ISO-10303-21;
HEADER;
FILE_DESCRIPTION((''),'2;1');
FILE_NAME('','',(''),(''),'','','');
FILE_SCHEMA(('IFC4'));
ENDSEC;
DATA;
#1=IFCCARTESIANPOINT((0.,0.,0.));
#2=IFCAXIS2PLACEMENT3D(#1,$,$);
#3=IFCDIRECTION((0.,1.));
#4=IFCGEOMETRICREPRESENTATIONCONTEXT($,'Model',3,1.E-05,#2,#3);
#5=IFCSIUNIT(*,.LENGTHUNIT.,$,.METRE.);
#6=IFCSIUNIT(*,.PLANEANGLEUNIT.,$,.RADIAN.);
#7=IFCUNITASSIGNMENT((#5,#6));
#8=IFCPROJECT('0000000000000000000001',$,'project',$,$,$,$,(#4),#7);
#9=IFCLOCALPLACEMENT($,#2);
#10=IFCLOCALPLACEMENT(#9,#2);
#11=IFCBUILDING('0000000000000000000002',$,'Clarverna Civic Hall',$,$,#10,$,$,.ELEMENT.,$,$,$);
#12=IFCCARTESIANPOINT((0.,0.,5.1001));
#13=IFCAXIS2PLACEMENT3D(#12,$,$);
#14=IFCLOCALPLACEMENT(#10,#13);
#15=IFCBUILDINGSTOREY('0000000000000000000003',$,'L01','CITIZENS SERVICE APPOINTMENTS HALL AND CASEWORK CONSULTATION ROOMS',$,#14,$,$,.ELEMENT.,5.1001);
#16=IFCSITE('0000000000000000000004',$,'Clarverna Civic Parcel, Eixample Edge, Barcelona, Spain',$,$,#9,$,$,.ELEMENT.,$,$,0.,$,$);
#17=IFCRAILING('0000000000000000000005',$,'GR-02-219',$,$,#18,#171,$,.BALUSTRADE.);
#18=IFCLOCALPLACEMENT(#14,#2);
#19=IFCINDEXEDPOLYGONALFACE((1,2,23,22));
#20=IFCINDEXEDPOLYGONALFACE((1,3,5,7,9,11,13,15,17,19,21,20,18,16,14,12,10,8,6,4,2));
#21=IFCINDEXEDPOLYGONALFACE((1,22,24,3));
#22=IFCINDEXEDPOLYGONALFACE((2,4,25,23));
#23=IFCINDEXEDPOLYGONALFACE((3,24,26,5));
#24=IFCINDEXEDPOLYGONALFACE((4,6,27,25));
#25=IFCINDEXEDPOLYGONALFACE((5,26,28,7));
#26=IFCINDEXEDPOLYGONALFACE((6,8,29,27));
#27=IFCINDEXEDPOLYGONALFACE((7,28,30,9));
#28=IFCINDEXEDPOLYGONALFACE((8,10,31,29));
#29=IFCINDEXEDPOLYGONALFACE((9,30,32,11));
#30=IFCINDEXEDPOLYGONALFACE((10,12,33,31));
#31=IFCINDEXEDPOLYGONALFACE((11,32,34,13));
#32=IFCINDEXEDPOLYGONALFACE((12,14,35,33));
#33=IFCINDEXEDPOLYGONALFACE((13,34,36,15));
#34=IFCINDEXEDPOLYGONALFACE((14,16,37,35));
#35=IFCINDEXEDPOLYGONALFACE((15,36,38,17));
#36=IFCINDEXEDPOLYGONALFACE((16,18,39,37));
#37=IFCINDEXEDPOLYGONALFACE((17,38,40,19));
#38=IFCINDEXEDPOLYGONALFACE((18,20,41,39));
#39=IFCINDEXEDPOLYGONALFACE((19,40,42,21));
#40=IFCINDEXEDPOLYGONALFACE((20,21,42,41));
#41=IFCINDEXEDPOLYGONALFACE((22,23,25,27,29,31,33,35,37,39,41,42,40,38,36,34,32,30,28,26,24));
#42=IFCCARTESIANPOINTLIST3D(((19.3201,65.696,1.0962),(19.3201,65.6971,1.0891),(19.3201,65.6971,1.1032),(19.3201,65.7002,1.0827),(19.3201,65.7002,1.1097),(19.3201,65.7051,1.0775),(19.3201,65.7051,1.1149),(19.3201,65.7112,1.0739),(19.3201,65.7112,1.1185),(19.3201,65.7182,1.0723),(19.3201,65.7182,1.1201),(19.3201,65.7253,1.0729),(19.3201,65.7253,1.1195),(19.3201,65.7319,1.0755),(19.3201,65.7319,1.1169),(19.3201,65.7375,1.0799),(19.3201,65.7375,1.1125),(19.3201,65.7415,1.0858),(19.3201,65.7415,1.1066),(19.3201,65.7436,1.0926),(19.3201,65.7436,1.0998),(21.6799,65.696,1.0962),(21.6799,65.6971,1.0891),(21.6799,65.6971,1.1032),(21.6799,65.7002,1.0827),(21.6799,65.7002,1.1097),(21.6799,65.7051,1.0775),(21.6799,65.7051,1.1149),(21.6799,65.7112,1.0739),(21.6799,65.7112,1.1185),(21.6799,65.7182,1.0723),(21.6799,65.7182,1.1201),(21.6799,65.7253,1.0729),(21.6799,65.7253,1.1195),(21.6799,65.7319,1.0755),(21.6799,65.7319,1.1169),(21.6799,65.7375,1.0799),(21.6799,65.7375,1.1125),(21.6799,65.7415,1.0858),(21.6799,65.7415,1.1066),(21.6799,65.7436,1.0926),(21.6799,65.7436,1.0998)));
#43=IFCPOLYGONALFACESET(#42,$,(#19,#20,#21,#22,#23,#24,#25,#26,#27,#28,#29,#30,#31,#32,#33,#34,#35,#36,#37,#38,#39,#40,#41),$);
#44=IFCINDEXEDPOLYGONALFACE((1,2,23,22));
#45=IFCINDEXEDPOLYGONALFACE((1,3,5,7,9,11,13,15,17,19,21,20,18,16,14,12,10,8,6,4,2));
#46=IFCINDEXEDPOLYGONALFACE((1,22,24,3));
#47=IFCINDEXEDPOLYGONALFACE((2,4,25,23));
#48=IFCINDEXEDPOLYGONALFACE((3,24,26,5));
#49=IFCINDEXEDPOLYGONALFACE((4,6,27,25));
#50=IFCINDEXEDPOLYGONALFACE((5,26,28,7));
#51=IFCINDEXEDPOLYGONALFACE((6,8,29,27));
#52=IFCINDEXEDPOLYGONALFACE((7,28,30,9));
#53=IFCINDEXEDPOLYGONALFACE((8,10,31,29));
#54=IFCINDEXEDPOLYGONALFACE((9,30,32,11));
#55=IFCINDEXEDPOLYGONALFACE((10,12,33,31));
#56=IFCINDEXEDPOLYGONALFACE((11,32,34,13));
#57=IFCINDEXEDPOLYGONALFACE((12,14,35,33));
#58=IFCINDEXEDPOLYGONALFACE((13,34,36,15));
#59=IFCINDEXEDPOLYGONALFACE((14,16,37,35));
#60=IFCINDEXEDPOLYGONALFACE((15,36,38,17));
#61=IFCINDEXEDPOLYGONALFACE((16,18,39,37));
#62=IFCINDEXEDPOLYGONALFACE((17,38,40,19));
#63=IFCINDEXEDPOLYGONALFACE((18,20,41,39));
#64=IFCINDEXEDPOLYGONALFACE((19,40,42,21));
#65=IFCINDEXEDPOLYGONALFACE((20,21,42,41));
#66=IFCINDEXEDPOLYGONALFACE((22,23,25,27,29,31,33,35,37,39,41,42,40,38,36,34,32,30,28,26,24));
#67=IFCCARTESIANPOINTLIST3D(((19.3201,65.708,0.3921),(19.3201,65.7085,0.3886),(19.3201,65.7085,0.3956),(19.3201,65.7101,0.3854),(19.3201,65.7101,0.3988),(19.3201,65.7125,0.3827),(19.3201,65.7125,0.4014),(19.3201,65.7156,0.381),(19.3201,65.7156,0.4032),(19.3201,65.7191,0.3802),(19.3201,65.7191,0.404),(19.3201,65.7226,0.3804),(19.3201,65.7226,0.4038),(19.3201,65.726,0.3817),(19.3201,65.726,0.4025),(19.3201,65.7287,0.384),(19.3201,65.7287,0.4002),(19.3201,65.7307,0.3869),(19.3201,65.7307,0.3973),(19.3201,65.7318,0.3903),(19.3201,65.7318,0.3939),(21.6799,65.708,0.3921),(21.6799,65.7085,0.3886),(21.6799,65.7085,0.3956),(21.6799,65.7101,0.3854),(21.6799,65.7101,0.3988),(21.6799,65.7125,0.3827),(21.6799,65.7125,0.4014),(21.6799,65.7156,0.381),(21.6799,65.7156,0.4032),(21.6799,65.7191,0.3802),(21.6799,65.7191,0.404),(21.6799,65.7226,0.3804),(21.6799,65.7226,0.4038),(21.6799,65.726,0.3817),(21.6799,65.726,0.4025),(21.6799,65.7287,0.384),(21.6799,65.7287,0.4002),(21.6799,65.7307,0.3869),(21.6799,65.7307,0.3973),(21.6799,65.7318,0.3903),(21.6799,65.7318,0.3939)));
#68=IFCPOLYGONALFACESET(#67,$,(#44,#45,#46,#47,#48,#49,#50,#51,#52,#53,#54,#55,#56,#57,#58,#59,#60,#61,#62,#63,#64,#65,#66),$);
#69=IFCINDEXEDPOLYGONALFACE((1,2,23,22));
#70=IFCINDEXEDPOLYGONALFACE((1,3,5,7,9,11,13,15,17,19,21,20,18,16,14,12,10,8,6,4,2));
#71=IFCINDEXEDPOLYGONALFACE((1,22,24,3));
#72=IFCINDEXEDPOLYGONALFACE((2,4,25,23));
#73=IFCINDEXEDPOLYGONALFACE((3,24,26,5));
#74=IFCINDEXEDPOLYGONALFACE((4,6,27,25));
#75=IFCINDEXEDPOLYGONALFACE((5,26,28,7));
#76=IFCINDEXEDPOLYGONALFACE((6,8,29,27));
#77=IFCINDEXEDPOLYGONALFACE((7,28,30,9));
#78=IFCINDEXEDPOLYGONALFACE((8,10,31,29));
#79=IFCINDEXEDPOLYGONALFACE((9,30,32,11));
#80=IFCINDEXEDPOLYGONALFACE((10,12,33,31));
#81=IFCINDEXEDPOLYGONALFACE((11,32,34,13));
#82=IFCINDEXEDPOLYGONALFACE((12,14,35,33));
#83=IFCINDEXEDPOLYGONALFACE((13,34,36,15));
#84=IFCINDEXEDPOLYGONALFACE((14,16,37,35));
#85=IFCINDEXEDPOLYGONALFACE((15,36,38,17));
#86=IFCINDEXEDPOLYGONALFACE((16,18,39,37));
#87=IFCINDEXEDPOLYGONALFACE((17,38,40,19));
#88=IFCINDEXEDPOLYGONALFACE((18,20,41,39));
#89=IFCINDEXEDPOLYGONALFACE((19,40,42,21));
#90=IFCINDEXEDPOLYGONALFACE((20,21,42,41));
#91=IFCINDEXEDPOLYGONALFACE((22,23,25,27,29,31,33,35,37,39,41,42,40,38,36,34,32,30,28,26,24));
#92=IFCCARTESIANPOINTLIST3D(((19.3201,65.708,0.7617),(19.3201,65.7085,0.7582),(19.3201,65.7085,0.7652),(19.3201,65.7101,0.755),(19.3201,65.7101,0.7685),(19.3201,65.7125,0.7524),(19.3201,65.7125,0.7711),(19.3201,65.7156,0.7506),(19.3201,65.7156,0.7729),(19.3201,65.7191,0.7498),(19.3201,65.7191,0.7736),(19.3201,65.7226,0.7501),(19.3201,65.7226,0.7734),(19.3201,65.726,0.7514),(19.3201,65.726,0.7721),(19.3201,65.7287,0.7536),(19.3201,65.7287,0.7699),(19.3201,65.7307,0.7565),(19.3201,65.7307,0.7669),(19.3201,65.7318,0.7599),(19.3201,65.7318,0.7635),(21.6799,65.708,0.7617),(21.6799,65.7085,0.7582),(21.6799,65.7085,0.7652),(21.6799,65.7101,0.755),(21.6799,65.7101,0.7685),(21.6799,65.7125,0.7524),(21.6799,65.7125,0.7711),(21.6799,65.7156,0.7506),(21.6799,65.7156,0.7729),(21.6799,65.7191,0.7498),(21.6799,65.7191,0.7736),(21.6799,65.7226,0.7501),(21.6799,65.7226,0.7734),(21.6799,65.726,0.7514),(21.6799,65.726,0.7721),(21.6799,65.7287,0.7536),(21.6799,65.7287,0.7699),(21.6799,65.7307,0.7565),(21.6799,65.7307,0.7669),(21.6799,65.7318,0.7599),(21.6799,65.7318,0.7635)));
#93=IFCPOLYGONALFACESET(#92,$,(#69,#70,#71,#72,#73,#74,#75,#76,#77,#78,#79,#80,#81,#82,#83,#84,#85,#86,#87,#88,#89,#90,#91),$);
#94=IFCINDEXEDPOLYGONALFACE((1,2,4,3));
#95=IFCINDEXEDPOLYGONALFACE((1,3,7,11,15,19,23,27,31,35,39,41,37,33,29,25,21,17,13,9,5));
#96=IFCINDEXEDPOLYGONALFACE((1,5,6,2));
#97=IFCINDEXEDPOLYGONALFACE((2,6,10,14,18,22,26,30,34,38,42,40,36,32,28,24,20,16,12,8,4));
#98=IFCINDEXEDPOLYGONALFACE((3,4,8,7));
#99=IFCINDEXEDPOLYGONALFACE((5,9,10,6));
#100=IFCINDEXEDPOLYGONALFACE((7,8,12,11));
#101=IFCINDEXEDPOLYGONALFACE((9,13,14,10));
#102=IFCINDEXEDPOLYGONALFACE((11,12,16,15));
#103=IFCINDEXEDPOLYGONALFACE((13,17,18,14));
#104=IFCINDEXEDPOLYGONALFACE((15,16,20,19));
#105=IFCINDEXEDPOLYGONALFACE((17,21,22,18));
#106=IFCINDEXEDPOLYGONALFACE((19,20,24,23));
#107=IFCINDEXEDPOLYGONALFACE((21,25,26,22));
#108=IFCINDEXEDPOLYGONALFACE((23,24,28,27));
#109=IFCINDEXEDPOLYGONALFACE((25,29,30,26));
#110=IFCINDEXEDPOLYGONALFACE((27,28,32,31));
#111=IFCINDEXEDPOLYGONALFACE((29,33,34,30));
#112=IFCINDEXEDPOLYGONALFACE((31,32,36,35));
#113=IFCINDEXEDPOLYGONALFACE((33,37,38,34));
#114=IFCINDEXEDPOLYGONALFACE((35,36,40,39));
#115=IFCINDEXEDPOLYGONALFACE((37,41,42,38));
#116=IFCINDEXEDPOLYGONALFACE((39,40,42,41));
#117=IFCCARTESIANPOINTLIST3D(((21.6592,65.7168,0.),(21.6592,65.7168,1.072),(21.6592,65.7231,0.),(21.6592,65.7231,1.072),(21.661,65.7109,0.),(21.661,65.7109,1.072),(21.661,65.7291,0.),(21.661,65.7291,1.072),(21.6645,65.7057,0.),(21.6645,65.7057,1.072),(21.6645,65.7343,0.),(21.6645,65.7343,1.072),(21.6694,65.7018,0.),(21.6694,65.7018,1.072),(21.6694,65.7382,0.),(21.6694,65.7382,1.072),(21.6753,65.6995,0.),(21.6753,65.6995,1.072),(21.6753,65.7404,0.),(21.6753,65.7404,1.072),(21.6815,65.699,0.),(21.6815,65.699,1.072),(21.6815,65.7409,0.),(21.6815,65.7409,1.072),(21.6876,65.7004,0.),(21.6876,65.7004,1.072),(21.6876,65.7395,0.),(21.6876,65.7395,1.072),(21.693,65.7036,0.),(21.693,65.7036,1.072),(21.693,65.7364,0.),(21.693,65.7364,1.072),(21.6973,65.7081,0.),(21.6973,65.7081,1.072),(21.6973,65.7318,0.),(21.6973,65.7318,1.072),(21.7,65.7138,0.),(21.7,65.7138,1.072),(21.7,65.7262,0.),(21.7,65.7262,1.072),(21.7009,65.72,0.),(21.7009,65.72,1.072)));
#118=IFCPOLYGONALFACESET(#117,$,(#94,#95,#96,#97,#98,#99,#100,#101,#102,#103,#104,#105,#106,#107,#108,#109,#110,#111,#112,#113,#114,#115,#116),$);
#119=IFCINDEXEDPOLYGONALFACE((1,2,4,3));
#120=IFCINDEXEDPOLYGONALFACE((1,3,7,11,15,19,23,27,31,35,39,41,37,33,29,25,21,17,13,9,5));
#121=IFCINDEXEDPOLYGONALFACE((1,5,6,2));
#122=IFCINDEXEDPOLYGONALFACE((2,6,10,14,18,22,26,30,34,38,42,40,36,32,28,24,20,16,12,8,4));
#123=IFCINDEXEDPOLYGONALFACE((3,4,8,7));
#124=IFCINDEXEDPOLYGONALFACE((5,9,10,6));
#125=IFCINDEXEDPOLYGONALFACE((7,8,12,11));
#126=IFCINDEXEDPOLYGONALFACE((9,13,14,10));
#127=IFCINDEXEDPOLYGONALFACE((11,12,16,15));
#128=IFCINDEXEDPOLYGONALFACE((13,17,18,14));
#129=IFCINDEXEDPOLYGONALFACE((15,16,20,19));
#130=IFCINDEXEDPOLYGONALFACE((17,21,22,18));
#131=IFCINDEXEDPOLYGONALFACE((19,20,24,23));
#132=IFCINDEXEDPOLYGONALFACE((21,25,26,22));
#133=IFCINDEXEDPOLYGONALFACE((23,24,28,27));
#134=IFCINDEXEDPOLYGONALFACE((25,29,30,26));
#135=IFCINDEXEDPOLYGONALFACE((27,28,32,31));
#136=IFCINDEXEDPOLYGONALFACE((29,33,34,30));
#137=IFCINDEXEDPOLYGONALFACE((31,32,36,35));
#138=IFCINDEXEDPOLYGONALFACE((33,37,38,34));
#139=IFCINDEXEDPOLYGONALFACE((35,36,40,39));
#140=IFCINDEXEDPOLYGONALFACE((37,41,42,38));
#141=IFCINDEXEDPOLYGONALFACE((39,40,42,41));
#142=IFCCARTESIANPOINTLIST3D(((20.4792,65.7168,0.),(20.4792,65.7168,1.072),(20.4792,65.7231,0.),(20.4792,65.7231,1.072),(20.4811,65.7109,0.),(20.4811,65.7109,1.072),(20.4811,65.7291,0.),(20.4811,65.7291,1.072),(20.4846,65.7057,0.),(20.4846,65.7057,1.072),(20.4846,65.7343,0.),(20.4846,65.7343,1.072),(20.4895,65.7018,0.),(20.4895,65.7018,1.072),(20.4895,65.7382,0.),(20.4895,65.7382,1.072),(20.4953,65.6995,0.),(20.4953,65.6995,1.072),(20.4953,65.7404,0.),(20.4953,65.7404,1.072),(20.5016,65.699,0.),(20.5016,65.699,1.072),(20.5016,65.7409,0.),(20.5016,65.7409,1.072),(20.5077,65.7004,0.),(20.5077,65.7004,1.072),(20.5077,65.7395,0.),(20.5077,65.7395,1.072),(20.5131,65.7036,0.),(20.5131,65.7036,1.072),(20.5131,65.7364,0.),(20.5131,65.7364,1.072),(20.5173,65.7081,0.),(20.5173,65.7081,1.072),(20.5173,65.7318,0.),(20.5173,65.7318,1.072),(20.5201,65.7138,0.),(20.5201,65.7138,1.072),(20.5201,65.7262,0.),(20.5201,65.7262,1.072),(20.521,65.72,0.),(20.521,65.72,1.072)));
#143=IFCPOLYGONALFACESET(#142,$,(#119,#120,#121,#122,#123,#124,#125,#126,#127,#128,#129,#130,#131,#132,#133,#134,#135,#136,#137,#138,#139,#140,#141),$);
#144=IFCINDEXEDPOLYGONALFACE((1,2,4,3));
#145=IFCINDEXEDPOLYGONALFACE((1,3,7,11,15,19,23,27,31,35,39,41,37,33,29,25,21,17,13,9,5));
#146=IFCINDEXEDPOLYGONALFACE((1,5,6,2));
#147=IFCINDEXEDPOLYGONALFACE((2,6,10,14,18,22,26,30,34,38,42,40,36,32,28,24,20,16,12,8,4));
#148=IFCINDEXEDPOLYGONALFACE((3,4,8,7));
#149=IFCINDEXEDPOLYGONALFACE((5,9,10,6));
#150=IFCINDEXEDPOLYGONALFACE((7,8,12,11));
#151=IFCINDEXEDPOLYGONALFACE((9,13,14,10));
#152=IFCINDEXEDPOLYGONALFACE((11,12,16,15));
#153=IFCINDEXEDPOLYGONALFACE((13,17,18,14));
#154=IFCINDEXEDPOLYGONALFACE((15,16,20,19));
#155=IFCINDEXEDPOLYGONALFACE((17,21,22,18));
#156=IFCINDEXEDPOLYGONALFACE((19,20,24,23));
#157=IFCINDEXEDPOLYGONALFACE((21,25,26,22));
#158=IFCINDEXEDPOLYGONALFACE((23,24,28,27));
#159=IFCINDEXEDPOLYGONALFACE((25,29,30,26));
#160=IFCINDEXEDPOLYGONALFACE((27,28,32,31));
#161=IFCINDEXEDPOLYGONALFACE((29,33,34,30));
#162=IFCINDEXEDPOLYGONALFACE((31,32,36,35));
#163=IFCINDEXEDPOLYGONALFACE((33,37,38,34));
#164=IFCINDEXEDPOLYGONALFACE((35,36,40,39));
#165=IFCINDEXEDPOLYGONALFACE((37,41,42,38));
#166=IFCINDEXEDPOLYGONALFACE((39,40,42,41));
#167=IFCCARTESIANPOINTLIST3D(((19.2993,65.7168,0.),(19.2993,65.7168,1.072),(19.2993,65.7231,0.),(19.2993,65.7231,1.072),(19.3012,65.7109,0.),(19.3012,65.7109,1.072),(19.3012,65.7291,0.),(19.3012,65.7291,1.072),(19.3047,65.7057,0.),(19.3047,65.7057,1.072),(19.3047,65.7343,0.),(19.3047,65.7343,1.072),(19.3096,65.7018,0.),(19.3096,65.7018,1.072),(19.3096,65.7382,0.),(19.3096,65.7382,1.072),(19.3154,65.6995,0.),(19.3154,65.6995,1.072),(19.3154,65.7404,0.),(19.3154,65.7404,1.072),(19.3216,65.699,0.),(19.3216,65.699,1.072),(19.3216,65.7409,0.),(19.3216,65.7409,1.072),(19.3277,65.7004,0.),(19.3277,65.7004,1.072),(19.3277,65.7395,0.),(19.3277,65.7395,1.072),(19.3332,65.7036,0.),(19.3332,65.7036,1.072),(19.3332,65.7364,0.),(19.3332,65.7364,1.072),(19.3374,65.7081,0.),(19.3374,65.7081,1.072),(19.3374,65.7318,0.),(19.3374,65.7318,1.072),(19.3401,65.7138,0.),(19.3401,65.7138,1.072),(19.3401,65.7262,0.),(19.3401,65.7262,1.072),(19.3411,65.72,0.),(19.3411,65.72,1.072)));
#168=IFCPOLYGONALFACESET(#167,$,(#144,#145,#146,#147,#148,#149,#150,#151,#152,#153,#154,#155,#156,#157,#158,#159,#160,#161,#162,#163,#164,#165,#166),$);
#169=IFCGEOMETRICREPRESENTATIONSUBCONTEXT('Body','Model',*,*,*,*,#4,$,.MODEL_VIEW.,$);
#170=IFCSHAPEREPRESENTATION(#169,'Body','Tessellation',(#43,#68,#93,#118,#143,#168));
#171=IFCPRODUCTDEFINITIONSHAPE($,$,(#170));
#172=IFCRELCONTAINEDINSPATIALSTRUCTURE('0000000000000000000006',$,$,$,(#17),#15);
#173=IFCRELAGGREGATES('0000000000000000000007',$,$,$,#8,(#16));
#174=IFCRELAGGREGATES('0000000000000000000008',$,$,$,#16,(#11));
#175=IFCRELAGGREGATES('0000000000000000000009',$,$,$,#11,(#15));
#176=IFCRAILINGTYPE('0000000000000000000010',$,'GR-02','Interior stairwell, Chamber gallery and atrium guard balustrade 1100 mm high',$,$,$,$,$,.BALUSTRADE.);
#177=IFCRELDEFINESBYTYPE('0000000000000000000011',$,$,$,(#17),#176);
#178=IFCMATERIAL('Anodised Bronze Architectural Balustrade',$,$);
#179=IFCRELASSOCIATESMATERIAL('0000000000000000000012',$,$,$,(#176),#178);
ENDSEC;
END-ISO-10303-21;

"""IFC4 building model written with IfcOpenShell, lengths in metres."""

from ifc_helpers import new_model, si_unit, direction, frame, origin, origin_2d, place, context, subcontext, project, spatial, circle, extrude, material, type_object, element, save


model = new_model("IFC4")

# Units and contexts
model_context = context("Model", 3, precision=1e-05, world=origin(), true_north=direction((0.0, 1.0)))
body_context = subcontext(model_context, "Body", "Model", "MODEL_VIEW")
ifc_project = project(units=[si_unit("LENGTHUNIT", "METRE"), si_unit("PLANEANGLEUNIT", "RADIAN")], contexts=[model_context])

# Site, building, storey
site_placement = place(None, origin())
site = spatial("IfcSite", under=ifc_project, at=site_placement, Name="Clarverna Civic Parcel, Eixample Edge, Barcelona, Spain", CompositionType="ELEMENT", RefElevation=0.0)
building_placement = place(site_placement, origin())
building = spatial("IfcBuilding", under=site, at=building_placement, Name="Clarverna Civic Hall", CompositionType="ELEMENT")
storey_placement = place(building_placement, frame((0.0, 0.0, 5.1001)))
storey = spatial("IfcBuildingStorey", under=building, at=storey_placement, Name="L01", Description="CITIZENS SERVICE APPOINTMENTS HALL AND CASEWORK CONSULTATION ROOMS", CompositionType="ELEMENT", Elevation=5.1001)

# Railing
ifc_material_1 = material(Name="Anodised Bronze Architectural Balustrade")
railing_type = type_object("IfcRailingType", Name="GR-02", Description="Interior stairwell, Chamber gallery and atrium guard balustrade 1100 mm high", PredefinedType="BALUSTRADE", material=ifc_material_1)
railing_1_placement = place(storey_placement, frame((21.6799, 65.72, 0.0)))
element("IfcRailing", 1, at=railing_1_placement, inside=storey, type_object=railing_type, Name="GR-02-219", PredefinedType="BALUSTRADE", context=body_context, shape_type="SweptSolid", body=[
    extrude(circle(Radius=0.0239, at=origin_2d()), frame((0.0, 0.0, 1.0962), z_axis=(-1.0, 0.0, 0.0), x_axis=(0.0, -1.0, 0.0)), (0.0, 0.0, 1.0), 2.3599),
    extrude(circle(Radius=0.012, at=origin_2d()), frame((0.0, 0.0, 0.3921), z_axis=(-1.0, 0.0, 0.0), x_axis=(0.0, -1.0, 0.0)), (0.0, 0.0, 1.0), 2.3599),
    extrude(circle(Radius=0.012, at=origin_2d()), frame((0.0, 0.0, 0.7617), z_axis=(-1.0, 0.0, 0.0), x_axis=(0.0, -1.0, 0.0)), (0.0, 0.0, 1.0), 2.3599),
    extrude(circle(Radius=0.021, at=origin_2d()), origin(), (0.0, 0.0, 1.0), 1.072),
    extrude(circle(Radius=0.021, at=origin_2d()), frame((-1.1799, 0.0, 0.0)), (0.0, 0.0, 1.0), 1.072),
    extrude(circle(Radius=0.021, at=origin_2d()), frame((-2.3599, 0.0, 0.0)), (0.0, 0.0, 1.0), 1.072),
])

save(model, "model.ifc")
